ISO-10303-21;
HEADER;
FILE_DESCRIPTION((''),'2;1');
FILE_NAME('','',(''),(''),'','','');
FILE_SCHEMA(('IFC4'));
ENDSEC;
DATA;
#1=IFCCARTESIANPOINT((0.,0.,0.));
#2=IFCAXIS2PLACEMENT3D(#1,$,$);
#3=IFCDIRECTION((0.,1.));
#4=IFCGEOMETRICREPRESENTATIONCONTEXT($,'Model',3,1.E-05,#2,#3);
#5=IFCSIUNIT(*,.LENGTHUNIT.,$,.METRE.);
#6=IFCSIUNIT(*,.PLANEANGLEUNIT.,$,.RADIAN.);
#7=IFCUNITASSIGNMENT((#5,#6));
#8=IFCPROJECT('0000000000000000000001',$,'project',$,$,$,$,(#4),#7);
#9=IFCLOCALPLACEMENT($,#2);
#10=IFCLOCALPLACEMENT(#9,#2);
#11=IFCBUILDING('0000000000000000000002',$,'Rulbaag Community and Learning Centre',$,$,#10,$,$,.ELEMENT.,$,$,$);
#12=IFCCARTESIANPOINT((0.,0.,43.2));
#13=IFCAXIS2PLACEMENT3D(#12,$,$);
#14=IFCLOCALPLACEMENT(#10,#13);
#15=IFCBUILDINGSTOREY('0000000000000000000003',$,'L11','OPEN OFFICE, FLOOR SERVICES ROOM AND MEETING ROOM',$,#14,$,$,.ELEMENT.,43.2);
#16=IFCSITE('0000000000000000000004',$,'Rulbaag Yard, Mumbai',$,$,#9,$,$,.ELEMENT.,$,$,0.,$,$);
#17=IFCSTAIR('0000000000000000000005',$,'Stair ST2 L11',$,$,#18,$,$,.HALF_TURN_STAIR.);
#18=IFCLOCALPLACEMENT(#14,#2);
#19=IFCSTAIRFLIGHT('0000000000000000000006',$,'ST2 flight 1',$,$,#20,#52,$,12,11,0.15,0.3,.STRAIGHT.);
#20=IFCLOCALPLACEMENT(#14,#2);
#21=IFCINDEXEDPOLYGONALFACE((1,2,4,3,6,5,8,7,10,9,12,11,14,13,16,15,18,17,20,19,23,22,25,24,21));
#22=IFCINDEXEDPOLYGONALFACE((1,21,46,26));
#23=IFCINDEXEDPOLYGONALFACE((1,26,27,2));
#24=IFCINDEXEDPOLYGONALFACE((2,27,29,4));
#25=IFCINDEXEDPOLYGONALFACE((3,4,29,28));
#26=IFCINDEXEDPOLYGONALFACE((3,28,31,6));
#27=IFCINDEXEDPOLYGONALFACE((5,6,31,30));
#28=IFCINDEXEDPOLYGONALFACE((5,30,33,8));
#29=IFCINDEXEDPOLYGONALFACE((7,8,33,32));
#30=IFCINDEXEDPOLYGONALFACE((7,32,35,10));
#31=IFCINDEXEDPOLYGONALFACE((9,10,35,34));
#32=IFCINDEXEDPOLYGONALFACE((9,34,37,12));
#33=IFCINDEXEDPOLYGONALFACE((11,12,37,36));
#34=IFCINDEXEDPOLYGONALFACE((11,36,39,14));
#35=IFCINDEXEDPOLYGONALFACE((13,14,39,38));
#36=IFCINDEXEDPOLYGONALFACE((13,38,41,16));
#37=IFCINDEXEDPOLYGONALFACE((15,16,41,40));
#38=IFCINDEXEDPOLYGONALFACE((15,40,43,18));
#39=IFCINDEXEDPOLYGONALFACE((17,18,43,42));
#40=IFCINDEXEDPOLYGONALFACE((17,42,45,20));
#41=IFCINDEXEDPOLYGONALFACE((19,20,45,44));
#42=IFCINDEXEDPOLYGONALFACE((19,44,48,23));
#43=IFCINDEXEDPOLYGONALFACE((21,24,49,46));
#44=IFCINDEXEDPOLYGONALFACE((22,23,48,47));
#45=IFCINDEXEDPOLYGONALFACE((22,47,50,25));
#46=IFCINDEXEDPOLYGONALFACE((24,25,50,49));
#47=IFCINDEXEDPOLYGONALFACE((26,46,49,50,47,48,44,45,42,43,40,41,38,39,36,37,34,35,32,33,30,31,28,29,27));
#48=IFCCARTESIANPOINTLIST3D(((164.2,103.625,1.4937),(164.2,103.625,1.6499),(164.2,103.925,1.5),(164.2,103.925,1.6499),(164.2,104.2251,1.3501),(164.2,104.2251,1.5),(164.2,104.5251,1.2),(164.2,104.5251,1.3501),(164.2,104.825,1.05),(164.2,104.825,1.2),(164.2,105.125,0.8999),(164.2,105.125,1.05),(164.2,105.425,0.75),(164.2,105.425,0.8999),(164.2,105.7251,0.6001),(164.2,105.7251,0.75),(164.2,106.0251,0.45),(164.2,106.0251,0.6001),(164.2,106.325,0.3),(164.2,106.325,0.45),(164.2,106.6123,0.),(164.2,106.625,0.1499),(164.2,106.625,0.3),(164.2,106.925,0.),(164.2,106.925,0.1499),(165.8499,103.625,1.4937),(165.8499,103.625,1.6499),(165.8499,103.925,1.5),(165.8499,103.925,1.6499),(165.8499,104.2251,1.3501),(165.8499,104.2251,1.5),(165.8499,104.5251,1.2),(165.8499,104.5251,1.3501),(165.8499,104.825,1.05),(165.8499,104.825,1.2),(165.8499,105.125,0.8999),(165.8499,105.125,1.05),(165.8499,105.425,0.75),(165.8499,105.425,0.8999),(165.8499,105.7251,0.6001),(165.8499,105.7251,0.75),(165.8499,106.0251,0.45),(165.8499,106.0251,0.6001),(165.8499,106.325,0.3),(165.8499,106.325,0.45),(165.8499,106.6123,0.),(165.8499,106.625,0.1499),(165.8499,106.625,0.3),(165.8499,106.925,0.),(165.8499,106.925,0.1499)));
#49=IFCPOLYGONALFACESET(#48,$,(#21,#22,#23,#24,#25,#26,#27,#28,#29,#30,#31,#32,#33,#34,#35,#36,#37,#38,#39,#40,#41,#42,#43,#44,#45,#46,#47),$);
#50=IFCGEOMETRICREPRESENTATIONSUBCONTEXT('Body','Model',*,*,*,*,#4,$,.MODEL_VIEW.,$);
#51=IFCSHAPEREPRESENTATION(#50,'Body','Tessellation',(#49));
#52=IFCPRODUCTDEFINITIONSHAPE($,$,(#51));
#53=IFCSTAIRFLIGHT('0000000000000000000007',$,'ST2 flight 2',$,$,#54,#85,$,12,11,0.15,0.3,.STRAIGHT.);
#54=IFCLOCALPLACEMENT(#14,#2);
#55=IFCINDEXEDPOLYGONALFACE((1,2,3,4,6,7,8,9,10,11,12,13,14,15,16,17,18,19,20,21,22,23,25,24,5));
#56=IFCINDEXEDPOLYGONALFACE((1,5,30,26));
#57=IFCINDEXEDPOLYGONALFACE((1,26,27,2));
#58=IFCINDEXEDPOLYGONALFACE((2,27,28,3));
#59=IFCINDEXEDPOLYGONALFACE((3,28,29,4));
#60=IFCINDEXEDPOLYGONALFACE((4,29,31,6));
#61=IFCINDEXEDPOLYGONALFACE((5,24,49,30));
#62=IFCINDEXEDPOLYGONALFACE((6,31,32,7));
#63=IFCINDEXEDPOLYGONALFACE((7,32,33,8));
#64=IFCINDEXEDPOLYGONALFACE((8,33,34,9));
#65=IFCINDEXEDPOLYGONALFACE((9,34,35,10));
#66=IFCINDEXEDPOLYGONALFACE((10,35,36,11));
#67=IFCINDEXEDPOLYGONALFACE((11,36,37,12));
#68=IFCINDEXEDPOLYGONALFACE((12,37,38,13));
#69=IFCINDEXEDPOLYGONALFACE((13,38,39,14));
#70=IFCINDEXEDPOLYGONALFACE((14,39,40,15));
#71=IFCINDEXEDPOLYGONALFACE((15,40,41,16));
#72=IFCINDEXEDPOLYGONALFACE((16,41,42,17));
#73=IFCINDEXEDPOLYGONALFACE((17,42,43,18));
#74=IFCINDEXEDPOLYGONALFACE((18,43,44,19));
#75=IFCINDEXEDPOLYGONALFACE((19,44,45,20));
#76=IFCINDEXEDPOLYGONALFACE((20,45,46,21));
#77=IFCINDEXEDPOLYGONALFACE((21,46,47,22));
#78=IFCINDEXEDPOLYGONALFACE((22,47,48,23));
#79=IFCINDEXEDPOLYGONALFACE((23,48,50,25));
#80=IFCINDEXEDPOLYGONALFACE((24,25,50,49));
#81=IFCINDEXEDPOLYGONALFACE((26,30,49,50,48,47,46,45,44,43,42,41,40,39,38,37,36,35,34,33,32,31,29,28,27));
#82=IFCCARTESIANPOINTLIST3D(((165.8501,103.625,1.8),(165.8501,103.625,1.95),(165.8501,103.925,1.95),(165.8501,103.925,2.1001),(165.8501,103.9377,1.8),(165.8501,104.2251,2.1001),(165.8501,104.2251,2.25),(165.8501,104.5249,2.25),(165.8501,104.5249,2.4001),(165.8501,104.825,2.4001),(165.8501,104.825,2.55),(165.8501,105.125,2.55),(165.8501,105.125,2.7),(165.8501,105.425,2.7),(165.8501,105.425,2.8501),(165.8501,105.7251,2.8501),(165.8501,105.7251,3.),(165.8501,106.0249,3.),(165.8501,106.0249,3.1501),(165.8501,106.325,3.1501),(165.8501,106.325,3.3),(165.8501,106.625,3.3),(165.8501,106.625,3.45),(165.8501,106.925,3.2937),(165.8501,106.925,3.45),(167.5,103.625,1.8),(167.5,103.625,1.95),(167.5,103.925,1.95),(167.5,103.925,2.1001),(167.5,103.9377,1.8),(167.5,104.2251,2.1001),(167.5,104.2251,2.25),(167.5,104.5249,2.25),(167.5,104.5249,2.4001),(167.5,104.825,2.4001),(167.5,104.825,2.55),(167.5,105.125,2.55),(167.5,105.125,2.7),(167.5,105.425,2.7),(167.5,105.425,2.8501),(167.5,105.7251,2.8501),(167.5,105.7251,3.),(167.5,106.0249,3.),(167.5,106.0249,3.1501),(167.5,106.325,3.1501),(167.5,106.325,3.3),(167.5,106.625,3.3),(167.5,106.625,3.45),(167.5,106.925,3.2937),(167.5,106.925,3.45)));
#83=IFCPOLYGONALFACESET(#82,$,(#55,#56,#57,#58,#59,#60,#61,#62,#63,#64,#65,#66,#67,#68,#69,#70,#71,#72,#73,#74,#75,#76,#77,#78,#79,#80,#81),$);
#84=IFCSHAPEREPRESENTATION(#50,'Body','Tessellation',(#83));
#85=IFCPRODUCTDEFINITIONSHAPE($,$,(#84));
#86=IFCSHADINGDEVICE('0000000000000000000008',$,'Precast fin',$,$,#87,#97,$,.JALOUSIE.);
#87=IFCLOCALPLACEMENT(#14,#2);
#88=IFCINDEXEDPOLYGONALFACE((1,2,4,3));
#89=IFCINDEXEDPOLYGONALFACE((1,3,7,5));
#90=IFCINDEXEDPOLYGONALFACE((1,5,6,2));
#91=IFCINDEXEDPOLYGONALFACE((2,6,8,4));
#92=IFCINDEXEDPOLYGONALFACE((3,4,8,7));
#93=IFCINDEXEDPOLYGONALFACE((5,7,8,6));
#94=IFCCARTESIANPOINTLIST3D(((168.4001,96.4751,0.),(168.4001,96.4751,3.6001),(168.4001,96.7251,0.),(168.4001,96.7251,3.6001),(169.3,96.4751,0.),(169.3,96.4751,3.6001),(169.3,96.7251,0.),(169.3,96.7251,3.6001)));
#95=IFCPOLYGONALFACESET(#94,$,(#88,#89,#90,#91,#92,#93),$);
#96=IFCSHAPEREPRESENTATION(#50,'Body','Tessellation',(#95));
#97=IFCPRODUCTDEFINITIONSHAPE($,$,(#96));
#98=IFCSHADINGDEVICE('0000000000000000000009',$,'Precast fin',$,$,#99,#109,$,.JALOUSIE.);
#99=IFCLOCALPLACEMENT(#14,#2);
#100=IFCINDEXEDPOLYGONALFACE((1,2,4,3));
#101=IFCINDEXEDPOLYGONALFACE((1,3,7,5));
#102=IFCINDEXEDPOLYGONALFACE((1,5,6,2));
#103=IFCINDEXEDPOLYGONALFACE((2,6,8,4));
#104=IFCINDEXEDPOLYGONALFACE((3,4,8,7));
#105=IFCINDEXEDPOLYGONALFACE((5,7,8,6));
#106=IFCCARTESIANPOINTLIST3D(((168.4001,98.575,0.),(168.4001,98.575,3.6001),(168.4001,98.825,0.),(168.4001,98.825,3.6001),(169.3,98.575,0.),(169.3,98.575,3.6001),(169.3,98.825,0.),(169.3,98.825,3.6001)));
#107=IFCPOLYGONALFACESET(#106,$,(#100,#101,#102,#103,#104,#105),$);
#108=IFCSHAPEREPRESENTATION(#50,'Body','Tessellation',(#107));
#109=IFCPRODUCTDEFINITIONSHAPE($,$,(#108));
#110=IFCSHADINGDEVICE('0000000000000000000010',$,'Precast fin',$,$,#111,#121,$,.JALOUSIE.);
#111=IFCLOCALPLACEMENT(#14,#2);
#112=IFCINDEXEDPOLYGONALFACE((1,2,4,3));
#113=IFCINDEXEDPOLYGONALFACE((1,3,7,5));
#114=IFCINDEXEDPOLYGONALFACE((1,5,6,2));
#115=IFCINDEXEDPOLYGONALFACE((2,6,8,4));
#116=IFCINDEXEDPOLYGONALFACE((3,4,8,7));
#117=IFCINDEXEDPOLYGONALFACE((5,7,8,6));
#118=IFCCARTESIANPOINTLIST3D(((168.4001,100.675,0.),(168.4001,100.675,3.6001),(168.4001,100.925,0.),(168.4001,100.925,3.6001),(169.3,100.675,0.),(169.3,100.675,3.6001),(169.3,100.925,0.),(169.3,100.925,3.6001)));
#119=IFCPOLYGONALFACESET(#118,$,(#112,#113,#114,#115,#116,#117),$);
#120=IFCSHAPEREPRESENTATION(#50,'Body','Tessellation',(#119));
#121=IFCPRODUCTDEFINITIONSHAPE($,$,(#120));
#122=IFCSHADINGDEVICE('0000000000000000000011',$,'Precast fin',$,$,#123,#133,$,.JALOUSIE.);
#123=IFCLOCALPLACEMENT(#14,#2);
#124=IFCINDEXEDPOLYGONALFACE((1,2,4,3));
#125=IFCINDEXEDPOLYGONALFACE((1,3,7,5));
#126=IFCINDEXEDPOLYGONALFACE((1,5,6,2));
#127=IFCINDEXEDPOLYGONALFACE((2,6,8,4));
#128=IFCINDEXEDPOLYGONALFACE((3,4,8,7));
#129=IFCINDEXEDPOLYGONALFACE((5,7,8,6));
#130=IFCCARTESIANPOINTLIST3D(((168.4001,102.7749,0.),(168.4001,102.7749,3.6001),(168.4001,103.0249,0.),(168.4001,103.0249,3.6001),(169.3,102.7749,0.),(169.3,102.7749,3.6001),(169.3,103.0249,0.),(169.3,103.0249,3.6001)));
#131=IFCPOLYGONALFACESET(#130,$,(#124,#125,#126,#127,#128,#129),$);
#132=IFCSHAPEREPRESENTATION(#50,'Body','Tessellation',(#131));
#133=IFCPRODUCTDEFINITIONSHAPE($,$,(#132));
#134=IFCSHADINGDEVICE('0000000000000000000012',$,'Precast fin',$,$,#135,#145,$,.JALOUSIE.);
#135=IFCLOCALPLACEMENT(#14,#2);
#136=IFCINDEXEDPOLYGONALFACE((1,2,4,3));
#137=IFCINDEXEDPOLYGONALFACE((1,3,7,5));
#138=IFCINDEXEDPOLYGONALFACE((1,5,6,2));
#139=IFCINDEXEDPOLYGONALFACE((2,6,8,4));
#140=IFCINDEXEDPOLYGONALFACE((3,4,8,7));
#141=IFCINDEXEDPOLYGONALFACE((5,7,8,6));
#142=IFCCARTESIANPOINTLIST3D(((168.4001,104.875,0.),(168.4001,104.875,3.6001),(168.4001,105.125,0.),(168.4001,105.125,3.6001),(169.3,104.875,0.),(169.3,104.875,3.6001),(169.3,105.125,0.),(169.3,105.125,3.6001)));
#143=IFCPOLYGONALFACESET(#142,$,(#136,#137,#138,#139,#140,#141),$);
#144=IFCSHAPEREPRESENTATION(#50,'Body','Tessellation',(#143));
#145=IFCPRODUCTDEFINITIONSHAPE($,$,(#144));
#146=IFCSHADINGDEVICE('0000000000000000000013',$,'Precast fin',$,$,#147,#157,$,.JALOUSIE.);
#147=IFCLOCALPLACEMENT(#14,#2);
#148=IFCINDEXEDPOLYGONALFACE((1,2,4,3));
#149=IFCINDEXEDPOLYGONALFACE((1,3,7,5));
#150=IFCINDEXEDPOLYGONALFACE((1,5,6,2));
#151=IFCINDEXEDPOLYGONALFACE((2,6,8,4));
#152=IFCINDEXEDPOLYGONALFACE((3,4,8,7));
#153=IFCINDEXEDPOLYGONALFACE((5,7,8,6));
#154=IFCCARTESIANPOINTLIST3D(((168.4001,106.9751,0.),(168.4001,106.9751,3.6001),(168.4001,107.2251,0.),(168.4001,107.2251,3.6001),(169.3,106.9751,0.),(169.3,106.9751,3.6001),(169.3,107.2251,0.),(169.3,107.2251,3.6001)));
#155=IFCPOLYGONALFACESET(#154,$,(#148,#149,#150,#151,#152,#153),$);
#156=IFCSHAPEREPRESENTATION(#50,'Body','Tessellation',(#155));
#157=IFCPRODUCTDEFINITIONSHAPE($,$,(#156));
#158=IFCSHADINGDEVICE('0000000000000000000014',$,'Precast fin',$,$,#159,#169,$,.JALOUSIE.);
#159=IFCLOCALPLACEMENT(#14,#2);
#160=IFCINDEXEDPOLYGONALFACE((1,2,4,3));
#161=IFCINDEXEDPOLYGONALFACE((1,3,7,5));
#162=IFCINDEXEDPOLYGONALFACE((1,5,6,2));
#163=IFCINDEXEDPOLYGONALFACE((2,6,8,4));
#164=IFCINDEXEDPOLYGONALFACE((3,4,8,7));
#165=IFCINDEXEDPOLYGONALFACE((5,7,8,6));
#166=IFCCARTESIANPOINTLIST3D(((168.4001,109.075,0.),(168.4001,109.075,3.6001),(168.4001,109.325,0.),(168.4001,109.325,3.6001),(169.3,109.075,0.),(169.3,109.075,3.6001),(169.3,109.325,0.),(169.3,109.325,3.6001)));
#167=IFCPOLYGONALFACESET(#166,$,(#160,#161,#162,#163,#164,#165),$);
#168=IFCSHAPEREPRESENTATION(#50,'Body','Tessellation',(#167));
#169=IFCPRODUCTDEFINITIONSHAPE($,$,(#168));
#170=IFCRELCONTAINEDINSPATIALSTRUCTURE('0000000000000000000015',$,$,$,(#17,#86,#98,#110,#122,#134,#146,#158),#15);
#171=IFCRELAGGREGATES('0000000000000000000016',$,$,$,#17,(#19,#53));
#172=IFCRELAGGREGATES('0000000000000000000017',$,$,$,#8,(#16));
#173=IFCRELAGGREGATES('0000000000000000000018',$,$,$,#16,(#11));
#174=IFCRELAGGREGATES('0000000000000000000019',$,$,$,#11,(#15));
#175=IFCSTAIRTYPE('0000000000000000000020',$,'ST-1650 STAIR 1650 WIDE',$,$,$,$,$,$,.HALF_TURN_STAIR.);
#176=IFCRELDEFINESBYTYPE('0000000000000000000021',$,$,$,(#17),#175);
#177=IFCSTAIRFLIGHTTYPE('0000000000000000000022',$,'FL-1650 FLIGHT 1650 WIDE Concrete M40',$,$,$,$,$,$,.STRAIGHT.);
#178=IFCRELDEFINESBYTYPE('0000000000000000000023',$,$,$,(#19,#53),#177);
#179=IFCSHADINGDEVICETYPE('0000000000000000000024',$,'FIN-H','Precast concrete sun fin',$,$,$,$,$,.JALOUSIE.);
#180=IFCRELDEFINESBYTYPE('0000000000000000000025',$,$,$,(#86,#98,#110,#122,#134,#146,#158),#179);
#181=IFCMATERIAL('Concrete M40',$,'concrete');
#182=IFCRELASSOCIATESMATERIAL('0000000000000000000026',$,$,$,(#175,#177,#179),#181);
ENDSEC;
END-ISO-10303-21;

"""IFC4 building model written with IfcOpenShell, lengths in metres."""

from ifc_helpers import new_model, si_unit, direction, frame, origin, origin_2d, place, context, subcontext, project, spatial, polyline, rectangle, outline, extrude, material, material_profile, profile_set, type_object, element, aggregate, save


model = new_model("IFC4")

# Units and contexts
model_context = context("Model", 3, precision=1e-05, world=origin(), true_north=direction((0.0, 1.0)))
body_context = subcontext(model_context, "Body", "Model", "MODEL_VIEW")
ifc_project = project(units=[si_unit("LENGTHUNIT", "METRE"), si_unit("PLANEANGLEUNIT", "RADIAN")], contexts=[model_context])

# Site, building, storey
site_placement = place(None, origin())
site = spatial("IfcSite", under=ifc_project, at=site_placement, Name="Rulbaag Yard, Mumbai", CompositionType="ELEMENT", RefElevation=0.0)
building_placement = place(site_placement, origin())
building = spatial("IfcBuilding", under=site, at=building_placement, Name="Rulbaag Community and Learning Centre", CompositionType="ELEMENT")
storey_placement = place(building_placement, frame((0.0, 0.0, 43.2)))
storey = spatial("IfcBuildingStorey", under=building, at=storey_placement, Name="L11", Description="OPEN OFFICE, FLOOR SERVICES ROOM AND MEETING ROOM", CompositionType="ELEMENT", Elevation=43.2)

# Shared definitions
ifc_material_1 = material(Name="Concrete M40", Category="concrete")

# Stair, stair flights
stair_type = type_object("IfcStairType", Name="ST-1650 STAIR 1650 WIDE", PredefinedType="HALF_TURN_STAIR", material=ifc_material_1)
stair_placement = place(storey_placement, origin())
stair = element("IfcStair", 1, at=stair_placement, inside=storey, type_object=stair_type, Name="Stair ST2 L11", PredefinedType="HALF_TURN_STAIR")
stair_flight_type = type_object("IfcStairFlightType", Name="FL-1650 FLIGHT 1650 WIDE Concrete M40", PredefinedType="STRAIGHT", material=ifc_material_1)
stair_flight_1_placement = place(storey_placement, frame((165.0249, 106.925, 0.0), z_axis=(0.0, 0.0, 1.0), x_axis=(0.0, -1.0, 0.0)))
stair_flight_1 = element("IfcStairFlight", 2, at=stair_flight_1_placement, type_object=stair_flight_type, Name="ST2 flight 1", NumberOfRisers=12, NumberOfTreads=11, PredefinedType="STRAIGHT", RiserHeight=0.15, TreadLength=0.3, context=body_context, shape_type="SweptSolid", body=[
    extrude(outline(polyline([(0.0, 0.0), (0.0, 0.1499), (0.3, 0.1499), (0.3, 0.3), (0.6001, 0.3), (0.6001, 0.45), (0.8999, 0.45), (0.8999, 0.6001), (1.2, 0.6001), (1.2, 0.75), (1.5, 0.75), (1.5, 0.8999), (1.8, 0.8999), (1.8, 1.05), (2.1001, 1.05), (2.1001, 1.2), (2.3999, 1.2), (2.3999, 1.3501), (2.7, 1.3501), (2.7, 1.5), (3.0, 1.5), (3.0, 1.6499), (3.3, 1.6499), (3.3, 1.4937), (0.3127, 0.0), (0.0, 0.0)])), frame((0.0, 0.825, 0.0), z_axis=(0.0, -1.0, 0.0), x_axis=(1.0, 0.0, 0.0)), (0.0, 0.0, 1.0), 1.6499),
])
stair_flight_2_placement = place(storey_placement, frame((166.675, 103.625, 1.8), z_axis=(0.0, 0.0, 1.0), x_axis=(0.0, 1.0, 0.0)))
stair_flight_2 = element("IfcStairFlight", 3, at=stair_flight_2_placement, type_object=stair_flight_type, Name="ST2 flight 2", NumberOfRisers=12, NumberOfTreads=11, PredefinedType="STRAIGHT", RiserHeight=0.15, TreadLength=0.3, context=body_context, shape_type="SweptSolid", body=[
    extrude(outline(polyline([(0.0, 0.0), (0.0, 0.1499), (0.3, 0.1499), (0.3, 0.3), (0.6001, 0.3), (0.6001, 0.45), (0.8999, 0.45), (0.8999, 0.6001), (1.2, 0.6001), (1.2, 0.75), (1.5, 0.75), (1.5, 0.8999), (1.8, 0.8999), (1.8, 1.05), (2.1001, 1.05), (2.1001, 1.2), (2.3999, 1.2), (2.3999, 1.3501), (2.7, 1.3501), (2.7, 1.5), (3.0, 1.5), (3.0, 1.6499), (3.3, 1.6499), (3.3, 1.4937), (0.3127, 0.0), (0.0, 0.0)])), frame((0.0, 0.825, 0.0), z_axis=(0.0, -1.0, 0.0), x_axis=(1.0, 0.0, 0.0)), (0.0, 0.0, 1.0), 1.6499),
])
aggregate(stair, [stair_flight_1, stair_flight_2])

# Shading devices
ifc_material_profile_1 = material_profile(ifc_material_1, rectangle(XDim=0.25, YDim=0.8999, at=origin_2d()), Name="PC 250x900")
ifc_profile_set_1 = profile_set([ifc_material_profile_1], Name="Concrete M40")
shading_device_type = type_object("IfcShadingDeviceType", Name="FIN-H", Description="Precast concrete sun fin", PredefinedType="JALOUSIE", material=ifc_profile_set_1)
for number, where, z_axis, x_axis, name in (
    (4, (168.8501, 96.6001, 0.0), (0.0, 0.0, 1.0), (0.0, 1.0, 0.0), "Precast fin"),
    (5, (168.8501, 98.7, 0.0), (0.0, 0.0, 1.0), (0.0, 1.0, 0.0), "Precast fin"),
    (6, (168.8501, 100.8, 0.0), (0.0, 0.0, 1.0), (0.0, 1.0, 0.0), "Precast fin"),
    (7, (168.8501, 102.8999, 0.0), (0.0, 0.0, 1.0), (0.0, 1.0, 0.0), "Precast fin"),
    (8, (168.8501, 105.0, 0.0), (0.0, 0.0, 1.0), (0.0, 1.0, 0.0), "Precast fin"),
    (9, (168.8501, 107.1001, 0.0), (0.0, 0.0, 1.0), (0.0, 1.0, 0.0), "Precast fin"),
    (10, (168.8501, 109.2, 0.0), (0.0, 0.0, 1.0), (0.0, 1.0, 0.0), "Precast fin"),
):
    element("IfcShadingDevice", number, at=place(storey_placement, frame(where, z_axis=z_axis, x_axis=x_axis)), inside=storey, type_object=shading_device_type, Name=name, PredefinedType="JALOUSIE", context=body_context, shape_type="SweptSolid", body=[
        extrude(rectangle(XDim=0.25, YDim=0.8999, at=origin_2d()), origin(), (0.0, 0.0, 1.0), 3.6001),
    ])

save(model, "model.ifc")
